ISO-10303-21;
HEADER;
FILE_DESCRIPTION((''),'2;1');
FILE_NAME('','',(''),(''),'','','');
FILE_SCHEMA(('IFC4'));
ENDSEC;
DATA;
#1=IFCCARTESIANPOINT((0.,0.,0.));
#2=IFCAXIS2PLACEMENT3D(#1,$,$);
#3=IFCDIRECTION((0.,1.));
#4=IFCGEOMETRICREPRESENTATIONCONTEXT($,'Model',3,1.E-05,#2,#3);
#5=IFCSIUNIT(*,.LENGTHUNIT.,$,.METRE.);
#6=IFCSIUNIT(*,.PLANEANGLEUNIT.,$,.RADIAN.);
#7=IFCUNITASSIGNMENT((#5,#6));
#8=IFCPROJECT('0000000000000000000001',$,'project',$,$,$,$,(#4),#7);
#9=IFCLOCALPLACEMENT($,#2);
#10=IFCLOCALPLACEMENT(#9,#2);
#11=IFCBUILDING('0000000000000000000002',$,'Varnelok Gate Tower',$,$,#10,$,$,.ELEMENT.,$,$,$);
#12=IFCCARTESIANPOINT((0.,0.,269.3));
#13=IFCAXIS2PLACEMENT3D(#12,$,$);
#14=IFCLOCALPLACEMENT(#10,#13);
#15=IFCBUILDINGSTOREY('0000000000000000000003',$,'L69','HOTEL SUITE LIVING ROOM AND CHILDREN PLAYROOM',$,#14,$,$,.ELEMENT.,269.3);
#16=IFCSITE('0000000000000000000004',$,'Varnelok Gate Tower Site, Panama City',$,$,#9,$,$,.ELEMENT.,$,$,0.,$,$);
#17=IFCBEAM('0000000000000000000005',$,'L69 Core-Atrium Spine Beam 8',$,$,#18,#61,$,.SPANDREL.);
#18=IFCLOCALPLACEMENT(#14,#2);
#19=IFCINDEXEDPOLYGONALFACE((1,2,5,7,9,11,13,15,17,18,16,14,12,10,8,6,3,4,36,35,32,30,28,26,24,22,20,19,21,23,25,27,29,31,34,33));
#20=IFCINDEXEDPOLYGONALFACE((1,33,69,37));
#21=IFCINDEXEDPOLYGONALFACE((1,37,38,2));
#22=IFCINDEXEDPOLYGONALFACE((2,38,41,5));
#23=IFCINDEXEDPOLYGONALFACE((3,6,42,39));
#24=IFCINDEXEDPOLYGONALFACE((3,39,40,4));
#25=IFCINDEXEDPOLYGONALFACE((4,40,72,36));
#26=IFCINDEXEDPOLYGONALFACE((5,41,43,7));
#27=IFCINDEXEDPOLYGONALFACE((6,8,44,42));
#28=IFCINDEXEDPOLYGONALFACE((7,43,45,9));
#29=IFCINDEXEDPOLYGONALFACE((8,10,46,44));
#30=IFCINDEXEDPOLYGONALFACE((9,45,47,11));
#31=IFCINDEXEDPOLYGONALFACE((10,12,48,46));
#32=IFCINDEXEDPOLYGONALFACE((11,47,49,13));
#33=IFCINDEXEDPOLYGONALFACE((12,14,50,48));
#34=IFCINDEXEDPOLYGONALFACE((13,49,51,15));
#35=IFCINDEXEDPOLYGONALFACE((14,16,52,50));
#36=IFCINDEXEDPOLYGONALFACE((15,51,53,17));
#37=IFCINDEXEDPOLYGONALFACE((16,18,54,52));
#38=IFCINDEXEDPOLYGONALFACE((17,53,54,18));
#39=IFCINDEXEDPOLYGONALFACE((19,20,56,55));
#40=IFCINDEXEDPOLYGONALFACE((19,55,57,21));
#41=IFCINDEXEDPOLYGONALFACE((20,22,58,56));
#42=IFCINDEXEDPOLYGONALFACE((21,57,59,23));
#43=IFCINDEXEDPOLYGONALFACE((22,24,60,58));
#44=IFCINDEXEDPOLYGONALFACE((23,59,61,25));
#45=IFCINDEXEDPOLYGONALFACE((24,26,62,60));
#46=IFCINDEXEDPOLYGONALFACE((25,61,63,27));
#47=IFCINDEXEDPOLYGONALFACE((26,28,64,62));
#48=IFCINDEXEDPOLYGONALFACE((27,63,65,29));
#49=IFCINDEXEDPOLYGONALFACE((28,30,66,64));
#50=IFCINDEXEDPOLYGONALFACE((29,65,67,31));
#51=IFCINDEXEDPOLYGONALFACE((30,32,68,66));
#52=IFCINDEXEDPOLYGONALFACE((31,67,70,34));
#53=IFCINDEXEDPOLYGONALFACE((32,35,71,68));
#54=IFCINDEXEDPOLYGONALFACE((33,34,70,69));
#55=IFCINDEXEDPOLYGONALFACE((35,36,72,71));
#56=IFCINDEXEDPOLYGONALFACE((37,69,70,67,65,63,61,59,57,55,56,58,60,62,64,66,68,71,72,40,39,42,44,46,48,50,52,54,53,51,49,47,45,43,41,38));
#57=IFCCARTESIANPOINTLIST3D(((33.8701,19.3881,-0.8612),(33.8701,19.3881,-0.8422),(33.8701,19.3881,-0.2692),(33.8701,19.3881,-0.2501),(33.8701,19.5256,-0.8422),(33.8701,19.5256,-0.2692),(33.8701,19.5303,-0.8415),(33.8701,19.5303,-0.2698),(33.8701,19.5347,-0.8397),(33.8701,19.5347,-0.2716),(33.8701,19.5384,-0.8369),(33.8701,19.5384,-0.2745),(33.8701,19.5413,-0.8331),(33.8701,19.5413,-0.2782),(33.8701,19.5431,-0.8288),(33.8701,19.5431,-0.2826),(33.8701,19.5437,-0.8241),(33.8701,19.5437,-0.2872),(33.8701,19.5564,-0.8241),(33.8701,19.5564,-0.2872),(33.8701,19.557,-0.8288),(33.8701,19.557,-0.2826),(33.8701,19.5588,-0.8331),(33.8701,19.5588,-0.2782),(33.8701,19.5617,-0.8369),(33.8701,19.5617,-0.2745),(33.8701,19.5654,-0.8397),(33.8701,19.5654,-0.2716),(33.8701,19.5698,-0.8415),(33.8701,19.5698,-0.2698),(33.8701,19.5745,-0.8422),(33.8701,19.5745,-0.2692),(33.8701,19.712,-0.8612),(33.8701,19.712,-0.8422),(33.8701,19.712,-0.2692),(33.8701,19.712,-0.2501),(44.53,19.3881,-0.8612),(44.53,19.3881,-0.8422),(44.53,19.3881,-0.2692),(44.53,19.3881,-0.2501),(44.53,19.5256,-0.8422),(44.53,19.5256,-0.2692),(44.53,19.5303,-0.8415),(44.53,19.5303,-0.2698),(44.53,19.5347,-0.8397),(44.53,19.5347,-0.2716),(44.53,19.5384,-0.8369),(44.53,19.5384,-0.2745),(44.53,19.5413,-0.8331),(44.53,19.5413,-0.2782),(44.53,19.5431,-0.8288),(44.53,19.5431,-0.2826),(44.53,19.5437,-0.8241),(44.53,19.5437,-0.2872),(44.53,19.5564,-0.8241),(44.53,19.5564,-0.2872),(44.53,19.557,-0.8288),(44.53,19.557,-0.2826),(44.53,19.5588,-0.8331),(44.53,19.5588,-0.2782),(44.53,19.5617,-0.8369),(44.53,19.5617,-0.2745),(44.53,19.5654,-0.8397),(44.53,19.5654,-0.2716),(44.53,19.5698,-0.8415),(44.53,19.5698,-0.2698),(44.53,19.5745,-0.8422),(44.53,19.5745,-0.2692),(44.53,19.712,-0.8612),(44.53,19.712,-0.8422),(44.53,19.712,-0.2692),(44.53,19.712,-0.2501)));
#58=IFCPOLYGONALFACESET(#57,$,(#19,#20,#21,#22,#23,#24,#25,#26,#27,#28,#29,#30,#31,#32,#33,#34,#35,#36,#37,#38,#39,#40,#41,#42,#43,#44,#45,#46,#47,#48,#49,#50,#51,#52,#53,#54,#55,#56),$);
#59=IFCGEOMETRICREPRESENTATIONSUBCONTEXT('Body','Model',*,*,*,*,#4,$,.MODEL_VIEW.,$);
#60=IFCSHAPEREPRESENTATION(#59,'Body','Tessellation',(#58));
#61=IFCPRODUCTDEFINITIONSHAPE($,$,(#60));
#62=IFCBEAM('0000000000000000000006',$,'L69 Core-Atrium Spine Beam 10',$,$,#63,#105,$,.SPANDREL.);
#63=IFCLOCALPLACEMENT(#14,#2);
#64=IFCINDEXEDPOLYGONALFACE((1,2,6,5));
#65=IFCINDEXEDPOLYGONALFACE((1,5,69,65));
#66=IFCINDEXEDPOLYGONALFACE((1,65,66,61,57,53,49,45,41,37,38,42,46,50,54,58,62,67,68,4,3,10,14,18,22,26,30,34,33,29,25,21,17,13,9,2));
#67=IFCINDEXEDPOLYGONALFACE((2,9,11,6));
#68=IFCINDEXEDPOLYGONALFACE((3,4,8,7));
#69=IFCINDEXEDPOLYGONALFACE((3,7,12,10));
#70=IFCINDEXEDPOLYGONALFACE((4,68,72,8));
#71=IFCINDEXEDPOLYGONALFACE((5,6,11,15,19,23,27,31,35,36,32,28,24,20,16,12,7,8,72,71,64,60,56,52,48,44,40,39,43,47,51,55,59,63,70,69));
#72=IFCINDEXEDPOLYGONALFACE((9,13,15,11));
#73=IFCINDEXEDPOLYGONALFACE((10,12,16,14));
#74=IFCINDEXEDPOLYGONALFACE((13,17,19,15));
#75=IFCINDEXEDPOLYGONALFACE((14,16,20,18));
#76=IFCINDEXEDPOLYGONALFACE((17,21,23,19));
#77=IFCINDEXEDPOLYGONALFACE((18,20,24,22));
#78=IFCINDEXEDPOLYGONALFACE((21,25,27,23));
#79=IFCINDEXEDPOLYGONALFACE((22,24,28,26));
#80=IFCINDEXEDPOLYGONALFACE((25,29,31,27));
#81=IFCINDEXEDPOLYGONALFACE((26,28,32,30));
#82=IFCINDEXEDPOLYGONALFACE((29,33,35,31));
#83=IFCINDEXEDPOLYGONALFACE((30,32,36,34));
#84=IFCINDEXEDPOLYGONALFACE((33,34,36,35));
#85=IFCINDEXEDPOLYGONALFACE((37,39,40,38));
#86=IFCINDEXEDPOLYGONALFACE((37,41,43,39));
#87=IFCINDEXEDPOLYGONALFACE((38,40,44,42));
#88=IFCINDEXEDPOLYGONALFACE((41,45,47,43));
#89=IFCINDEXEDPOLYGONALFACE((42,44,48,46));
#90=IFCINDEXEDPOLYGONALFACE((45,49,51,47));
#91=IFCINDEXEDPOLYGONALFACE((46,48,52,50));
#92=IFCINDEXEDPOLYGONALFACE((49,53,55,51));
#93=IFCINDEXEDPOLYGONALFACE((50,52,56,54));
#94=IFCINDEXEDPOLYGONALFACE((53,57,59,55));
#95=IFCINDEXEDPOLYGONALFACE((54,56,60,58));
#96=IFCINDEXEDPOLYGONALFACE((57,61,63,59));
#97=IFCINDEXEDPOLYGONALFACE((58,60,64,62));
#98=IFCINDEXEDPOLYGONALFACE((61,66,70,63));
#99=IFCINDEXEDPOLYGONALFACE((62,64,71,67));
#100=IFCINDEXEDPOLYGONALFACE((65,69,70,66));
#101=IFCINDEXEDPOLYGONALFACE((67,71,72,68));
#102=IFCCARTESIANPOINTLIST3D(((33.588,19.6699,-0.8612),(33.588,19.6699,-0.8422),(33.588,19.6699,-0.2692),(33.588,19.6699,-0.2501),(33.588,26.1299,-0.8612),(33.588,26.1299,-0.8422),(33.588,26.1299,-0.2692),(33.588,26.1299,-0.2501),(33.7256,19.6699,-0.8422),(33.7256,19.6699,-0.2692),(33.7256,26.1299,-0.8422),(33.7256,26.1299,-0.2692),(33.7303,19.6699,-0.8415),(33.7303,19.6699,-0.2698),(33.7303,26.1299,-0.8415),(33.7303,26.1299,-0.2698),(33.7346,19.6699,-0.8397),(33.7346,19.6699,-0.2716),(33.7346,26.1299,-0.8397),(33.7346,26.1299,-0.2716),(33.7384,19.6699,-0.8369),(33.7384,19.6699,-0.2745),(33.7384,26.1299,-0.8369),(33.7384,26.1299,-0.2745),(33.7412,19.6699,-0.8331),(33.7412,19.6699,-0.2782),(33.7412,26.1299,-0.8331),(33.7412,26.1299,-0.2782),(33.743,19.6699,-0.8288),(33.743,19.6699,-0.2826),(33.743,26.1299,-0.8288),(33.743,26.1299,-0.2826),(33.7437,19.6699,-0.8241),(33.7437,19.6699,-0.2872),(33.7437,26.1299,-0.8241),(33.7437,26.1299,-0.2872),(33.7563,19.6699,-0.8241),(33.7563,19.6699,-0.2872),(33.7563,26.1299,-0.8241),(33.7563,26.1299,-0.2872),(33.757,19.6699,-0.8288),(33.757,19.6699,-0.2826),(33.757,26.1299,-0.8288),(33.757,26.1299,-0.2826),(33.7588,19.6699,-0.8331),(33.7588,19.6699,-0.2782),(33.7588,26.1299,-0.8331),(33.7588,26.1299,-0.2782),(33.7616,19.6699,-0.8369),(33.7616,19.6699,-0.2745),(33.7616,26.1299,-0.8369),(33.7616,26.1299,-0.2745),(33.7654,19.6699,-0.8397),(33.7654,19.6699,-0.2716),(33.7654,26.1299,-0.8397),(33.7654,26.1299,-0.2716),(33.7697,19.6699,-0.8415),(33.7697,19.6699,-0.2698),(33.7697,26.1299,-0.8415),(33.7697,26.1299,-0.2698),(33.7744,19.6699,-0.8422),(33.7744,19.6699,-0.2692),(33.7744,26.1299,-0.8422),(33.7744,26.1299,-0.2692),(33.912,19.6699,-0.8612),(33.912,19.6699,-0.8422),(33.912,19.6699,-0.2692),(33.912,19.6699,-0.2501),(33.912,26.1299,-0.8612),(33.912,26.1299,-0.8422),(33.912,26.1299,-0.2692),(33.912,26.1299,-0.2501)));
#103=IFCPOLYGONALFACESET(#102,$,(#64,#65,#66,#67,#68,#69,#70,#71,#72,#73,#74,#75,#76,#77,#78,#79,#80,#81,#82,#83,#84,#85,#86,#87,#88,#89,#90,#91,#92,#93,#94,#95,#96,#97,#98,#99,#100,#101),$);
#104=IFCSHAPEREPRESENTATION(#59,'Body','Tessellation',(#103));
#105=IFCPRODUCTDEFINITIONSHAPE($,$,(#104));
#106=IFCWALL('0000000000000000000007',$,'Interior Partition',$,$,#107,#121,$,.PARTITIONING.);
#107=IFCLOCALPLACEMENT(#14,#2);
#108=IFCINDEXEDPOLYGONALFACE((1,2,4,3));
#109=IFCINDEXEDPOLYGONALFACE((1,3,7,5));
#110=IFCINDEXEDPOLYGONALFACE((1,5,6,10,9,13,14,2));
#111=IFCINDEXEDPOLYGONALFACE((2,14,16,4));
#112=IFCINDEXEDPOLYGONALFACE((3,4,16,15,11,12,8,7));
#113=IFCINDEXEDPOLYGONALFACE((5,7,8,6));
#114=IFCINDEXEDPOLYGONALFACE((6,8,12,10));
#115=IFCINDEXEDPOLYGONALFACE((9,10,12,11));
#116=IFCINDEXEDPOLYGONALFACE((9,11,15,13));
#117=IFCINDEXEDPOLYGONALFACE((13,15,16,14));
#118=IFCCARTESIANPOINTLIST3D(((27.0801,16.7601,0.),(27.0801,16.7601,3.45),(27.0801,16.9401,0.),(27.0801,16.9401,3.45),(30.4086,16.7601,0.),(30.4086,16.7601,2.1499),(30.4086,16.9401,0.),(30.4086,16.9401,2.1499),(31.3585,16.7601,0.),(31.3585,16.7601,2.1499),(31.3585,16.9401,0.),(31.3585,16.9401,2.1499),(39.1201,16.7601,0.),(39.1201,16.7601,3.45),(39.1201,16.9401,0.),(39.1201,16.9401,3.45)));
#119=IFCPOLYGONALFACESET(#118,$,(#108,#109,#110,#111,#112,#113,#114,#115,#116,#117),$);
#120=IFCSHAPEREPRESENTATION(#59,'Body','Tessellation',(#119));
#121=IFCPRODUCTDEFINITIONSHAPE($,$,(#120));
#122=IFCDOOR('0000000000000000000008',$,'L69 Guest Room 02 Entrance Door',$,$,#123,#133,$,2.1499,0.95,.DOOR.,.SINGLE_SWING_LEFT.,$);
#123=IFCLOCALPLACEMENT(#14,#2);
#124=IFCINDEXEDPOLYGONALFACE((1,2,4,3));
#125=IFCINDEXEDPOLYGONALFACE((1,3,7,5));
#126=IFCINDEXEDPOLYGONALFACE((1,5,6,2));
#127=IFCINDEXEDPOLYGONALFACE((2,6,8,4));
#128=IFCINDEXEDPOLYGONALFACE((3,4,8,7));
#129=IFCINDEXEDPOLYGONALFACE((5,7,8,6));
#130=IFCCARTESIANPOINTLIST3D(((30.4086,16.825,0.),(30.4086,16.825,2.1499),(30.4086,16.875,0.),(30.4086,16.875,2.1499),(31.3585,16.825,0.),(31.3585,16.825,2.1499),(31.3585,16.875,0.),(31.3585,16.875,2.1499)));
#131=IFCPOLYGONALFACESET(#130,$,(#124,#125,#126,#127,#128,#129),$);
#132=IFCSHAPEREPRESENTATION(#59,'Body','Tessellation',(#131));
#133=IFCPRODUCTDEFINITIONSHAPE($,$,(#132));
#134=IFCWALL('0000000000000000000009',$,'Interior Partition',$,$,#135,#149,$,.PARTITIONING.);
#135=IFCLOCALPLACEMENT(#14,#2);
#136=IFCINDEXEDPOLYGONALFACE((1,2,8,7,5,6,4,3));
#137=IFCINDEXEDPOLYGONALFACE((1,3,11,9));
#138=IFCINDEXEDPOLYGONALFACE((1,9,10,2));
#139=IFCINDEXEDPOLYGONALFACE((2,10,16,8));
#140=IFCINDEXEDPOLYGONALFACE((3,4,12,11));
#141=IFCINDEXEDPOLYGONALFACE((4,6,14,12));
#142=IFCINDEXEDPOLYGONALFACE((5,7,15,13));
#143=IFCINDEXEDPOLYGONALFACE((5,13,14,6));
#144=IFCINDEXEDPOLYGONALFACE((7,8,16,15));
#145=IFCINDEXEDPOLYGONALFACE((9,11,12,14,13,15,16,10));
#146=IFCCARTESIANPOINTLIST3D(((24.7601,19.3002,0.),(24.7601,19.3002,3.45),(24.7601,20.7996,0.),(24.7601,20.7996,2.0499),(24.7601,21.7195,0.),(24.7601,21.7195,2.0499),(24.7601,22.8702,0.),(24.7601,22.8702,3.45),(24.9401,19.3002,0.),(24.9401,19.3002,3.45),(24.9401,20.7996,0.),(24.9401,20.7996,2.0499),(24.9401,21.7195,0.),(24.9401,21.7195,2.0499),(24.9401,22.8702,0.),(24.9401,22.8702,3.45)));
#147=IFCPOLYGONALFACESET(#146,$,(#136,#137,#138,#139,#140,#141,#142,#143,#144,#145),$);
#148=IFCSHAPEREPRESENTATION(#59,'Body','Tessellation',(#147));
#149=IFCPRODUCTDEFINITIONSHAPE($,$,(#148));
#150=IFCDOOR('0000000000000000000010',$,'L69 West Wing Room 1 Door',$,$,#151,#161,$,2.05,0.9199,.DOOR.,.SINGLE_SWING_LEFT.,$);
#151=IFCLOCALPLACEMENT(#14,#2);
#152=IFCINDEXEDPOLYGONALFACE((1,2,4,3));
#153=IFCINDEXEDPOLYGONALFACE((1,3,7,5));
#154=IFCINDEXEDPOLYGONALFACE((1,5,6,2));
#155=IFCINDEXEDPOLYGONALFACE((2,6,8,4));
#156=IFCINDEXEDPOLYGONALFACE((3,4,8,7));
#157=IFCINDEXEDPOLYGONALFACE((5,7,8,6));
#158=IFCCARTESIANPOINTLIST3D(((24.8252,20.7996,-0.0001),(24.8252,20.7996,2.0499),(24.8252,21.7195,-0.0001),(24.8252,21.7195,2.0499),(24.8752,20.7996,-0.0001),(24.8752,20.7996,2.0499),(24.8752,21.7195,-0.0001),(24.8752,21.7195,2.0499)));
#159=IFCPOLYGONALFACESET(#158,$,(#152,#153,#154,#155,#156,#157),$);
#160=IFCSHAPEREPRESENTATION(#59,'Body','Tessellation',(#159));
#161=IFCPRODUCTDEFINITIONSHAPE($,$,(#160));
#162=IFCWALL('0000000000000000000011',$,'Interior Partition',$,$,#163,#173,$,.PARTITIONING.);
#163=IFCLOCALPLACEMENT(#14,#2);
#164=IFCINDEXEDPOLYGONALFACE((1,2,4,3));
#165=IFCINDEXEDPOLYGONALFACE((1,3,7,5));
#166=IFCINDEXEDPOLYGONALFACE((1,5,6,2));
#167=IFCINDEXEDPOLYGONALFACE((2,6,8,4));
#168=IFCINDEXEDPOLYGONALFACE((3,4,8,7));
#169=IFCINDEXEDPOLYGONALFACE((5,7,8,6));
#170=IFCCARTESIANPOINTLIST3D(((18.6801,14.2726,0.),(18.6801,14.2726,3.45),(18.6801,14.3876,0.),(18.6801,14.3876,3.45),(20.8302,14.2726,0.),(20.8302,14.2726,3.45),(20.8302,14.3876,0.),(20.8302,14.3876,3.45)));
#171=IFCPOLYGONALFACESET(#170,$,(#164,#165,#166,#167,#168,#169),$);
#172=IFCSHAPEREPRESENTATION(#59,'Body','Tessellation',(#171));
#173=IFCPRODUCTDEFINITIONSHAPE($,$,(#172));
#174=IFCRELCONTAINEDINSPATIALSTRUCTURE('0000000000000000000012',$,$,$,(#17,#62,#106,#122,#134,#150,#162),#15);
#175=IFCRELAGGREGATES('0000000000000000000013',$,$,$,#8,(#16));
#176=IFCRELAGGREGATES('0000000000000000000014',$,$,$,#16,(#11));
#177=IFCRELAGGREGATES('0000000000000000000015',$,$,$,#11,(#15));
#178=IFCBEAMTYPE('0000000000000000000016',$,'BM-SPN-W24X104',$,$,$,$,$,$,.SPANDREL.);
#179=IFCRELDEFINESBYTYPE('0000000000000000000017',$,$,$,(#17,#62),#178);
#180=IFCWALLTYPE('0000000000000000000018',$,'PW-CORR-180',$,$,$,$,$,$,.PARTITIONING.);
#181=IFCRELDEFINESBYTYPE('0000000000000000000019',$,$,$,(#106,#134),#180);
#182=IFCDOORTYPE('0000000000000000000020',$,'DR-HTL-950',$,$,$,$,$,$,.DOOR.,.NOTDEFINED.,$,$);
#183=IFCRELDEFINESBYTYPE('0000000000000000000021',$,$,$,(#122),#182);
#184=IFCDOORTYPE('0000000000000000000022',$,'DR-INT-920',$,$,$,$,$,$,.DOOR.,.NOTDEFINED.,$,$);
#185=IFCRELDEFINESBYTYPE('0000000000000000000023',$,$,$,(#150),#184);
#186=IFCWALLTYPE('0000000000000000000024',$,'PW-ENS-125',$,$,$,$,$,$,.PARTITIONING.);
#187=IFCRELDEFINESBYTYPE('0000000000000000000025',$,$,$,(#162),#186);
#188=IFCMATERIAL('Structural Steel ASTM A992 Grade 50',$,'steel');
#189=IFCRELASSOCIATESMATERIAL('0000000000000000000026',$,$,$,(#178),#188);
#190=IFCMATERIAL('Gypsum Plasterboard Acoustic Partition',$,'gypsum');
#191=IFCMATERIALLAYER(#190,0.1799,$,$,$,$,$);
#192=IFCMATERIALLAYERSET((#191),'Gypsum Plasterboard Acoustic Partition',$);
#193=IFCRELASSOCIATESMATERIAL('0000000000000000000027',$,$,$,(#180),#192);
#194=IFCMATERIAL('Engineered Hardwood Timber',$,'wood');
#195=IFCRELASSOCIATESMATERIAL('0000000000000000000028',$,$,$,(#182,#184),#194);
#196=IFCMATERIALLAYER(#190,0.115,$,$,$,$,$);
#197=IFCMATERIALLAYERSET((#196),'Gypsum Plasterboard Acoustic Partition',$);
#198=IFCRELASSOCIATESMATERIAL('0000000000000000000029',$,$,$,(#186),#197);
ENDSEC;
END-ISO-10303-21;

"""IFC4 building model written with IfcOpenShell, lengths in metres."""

from ifc_helpers import new_model, si_unit, direction, frame, frame_2d, origin, origin_2d, place, context, subcontext, project, spatial, rectangle, i_section, extrude, material, layer, layer_set, material_profile, profile_set, type_object, element, fill, save


model = new_model("IFC4")

# Units and contexts
model_context = context("Model", 3, precision=1e-05, world=origin(), true_north=direction((0.0, 1.0)))
body_context = subcontext(model_context, "Body", "Model", "MODEL_VIEW")
ifc_project = project(units=[si_unit("LENGTHUNIT", "METRE"), si_unit("PLANEANGLEUNIT", "RADIAN")], contexts=[model_context])

# Site, building, storey
site_placement = place(None, origin())
site = spatial("IfcSite", under=ifc_project, at=site_placement, Name="Varnelok Gate Tower Site, Panama City", CompositionType="ELEMENT", RefElevation=0.0)
building_placement = place(site_placement, origin())
building = spatial("IfcBuilding", under=site, at=building_placement, Name="Varnelok Gate Tower", CompositionType="ELEMENT")
storey_placement = place(building_placement, frame((0.0, 0.0, 269.3)))
storey = spatial("IfcBuildingStorey", under=building, at=storey_placement, Name="L69", Description="HOTEL SUITE LIVING ROOM AND CHILDREN PLAYROOM", CompositionType="ELEMENT", Elevation=269.3)

# Shared definitions
ifc_material_1 = material(Name="Structural Steel ASTM A992 Grade 50", Category="steel")

# Beams
ifc_material_profile_1 = material_profile(ifc_material_1, i_section(OverallWidth=0.324, OverallDepth=0.6111, WebThickness=0.0127, FlangeThickness=0.019, FilletRadius=0.0181, at=origin_2d()), Name="W24X104")
ifc_profile_set_1 = profile_set([ifc_material_profile_1], Name="Structural Steel ASTM A992 Grade 50")
beam_type_1 = type_object("IfcBeamType", Name="BM-SPN-W24X104", PredefinedType="SPANDREL", material=ifc_profile_set_1)
beam_1_placement = place(storey_placement, frame((33.8701, 19.55, -0.5557), z_axis=(1.0, 0.0, 0.0), x_axis=(0.0, 1.0, 0.0)))
element("IfcBeam", 1, at=beam_1_placement, inside=storey, type_object=beam_type_1, Name="L69 Core-Atrium Spine Beam 8", PredefinedType="SPANDREL", context=body_context, shape_type="SweptSolid", body=[
    extrude(i_section(OverallWidth=0.324, OverallDepth=0.6111, WebThickness=0.0127, FlangeThickness=0.019, FilletRadius=0.0181, at=origin_2d()), origin(), (0.0, 0.0, 1.0), 10.6599),
])
beam_2_placement = place(storey_placement, frame((33.75, 19.6699, -0.5557), z_axis=(0.0, 1.0, 0.0), x_axis=(-1.0, 0.0, 0.0)))
element("IfcBeam", 2, at=beam_2_placement, inside=storey, type_object=beam_type_1, Name="L69 Core-Atrium Spine Beam 10", PredefinedType="SPANDREL", context=body_context, shape_type="SweptSolid", body=[
    extrude(i_section(OverallWidth=0.324, OverallDepth=0.6111, WebThickness=0.0127, FlangeThickness=0.019, FilletRadius=0.0181, at=origin_2d()), origin(), (0.0, 0.0, 1.0), 6.46),
])

# Walls, openings, doors
ifc_material_2 = material(Name="Gypsum Plasterboard Acoustic Partition", Category="gypsum")
ifc_layer_1 = layer(ifc_material_2, 0.1799)
ifc_layer_set_1 = layer_set([ifc_layer_1], Name="Gypsum Plasterboard Acoustic Partition")
wall_type_1 = type_object("IfcWallType", Name="PW-CORR-180", PredefinedType="PARTITIONING", material=ifc_layer_set_1)
wall_1_placement = place(storey_placement, frame((27.0801, 16.8501, 0.0), z_axis=(0.0, 0.0, 1.0), x_axis=(1.0, 0.0, 0.0)))
wall_1 = element("IfcWall", 3, at=wall_1_placement, inside=storey, type_object=wall_type_1, Name="Interior Partition", PredefinedType="PARTITIONING", context=body_context, shape_type="SweptSolid", body=[
    extrude(rectangle(XDim=12.04, YDim=0.1799, at=frame_2d((6.02, 0.0))), origin(), (0.0, 0.0, 1.0), 3.45),
])
opening_1_placement = place(wall_1_placement, frame((3.3284, 0.0, 0.0)))
opening_1 = element("IfcOpeningElement", 4, at=opening_1_placement, cuts=wall_1, PredefinedType="OPENING", context=body_context, shape_type="SweptSolid", body=[
    extrude(rectangle(XDim=0.95, YDim=2.1499, at=frame_2d((0.4751, 1.075))), frame((0.0, 0.0999, 0.0), z_axis=(0.0, -1.0, 0.0), x_axis=(1.0, 0.0, 0.0)), (0.0, 0.0, 1.0), 0.2),
])
ifc_material_3 = material(Name="Engineered Hardwood Timber", Category="wood")
door_type_1 = type_object("IfcDoorType", Name="DR-HTL-950", OperationType="NOTDEFINED", PredefinedType="DOOR", material=ifc_material_3)
door_1_placement = place(opening_1_placement, origin())
door_1 = element("IfcDoor", 5, at=door_1_placement, inside=storey, type_object=door_type_1, Name="L69 Guest Room 02 Entrance Door", OperationType="SINGLE_SWING_LEFT", OverallHeight=2.1499, OverallWidth=0.95, PredefinedType="DOOR", context=body_context, shape_type="SweptSolid", body=[
    extrude(rectangle(XDim=0.95, YDim=2.1499, at=frame_2d((0.4751, 1.075))), frame((0.0, 0.0249, 0.0), z_axis=(0.0, -1.0, 0.0), x_axis=(1.0, 0.0, 0.0)), (0.0, 0.0, 1.0), 0.05),
])
fill(opening_1, door_1)
wall_2_placement = place(storey_placement, frame((24.8501, 19.3, 0.0), z_axis=(0.0, 0.0, 1.0), x_axis=(0.0, 1.0, 0.0)))
wall_2 = element("IfcWall", 6, at=wall_2_placement, inside=storey, type_object=wall_type_1, Name="Interior Partition", PredefinedType="PARTITIONING", context=body_context, shape_type="SweptSolid", body=[
    extrude(rectangle(XDim=3.5701, YDim=0.1799, at=frame_2d((1.7852, 0.0))), origin(), (0.0, 0.0, 1.0), 3.45),
])
opening_2_placement = place(wall_2_placement, frame((1.4995, 0.0, 0.0)))
opening_2 = element("IfcOpeningElement", 7, at=opening_2_placement, cuts=wall_2, PredefinedType="OPENING", context=body_context, shape_type="SweptSolid", body=[
    extrude(rectangle(XDim=0.9199, YDim=2.05, at=frame_2d((0.46, 1.0249))), frame((0.0, 0.0999, 0.0), z_axis=(0.0, -1.0, 0.0), x_axis=(1.0, 0.0, 0.0)), (0.0, 0.0, 1.0), 0.2),
])
door_type_2 = type_object("IfcDoorType", Name="DR-INT-920", OperationType="NOTDEFINED", PredefinedType="DOOR", material=ifc_material_3)
door_2_placement = place(opening_2_placement, origin())
door_2 = element("IfcDoor", 8, at=door_2_placement, inside=storey, type_object=door_type_2, Name="L69 West Wing Room 1 Door", OperationType="SINGLE_SWING_LEFT", OverallHeight=2.05, OverallWidth=0.9199, PredefinedType="DOOR", context=body_context, shape_type="SweptSolid", body=[
    extrude(rectangle(XDim=0.9199, YDim=2.05, at=frame_2d((0.46, 1.0249))), frame((0.0, 0.0249, 0.0), z_axis=(0.0, -1.0, 0.0), x_axis=(1.0, 0.0, 0.0)), (0.0, 0.0, 1.0), 0.05),
])
fill(opening_2, door_2)

# Wall
ifc_layer_2 = layer(ifc_material_2, 0.115)
ifc_layer_set_2 = layer_set([ifc_layer_2], Name="Gypsum Plasterboard Acoustic Partition")
wall_type_2 = type_object("IfcWallType", Name="PW-ENS-125", PredefinedType="PARTITIONING", material=ifc_layer_set_2)
wall_3_placement = place(storey_placement, frame((18.6799, 14.3301, 0.0), z_axis=(0.0, 0.0, 1.0), x_axis=(1.0, 0.0, 0.0)))
element("IfcWall", 9, at=wall_3_placement, inside=storey, type_object=wall_type_2, Name="Interior Partition", PredefinedType="PARTITIONING", context=body_context, shape_type="SweptSolid", body=[
    extrude(rectangle(XDim=2.1501, YDim=0.115, at=frame_2d((1.0752, 0.0))), origin(), (0.0, 0.0, 1.0), 3.45),
])

save(model, "model.ifc")
